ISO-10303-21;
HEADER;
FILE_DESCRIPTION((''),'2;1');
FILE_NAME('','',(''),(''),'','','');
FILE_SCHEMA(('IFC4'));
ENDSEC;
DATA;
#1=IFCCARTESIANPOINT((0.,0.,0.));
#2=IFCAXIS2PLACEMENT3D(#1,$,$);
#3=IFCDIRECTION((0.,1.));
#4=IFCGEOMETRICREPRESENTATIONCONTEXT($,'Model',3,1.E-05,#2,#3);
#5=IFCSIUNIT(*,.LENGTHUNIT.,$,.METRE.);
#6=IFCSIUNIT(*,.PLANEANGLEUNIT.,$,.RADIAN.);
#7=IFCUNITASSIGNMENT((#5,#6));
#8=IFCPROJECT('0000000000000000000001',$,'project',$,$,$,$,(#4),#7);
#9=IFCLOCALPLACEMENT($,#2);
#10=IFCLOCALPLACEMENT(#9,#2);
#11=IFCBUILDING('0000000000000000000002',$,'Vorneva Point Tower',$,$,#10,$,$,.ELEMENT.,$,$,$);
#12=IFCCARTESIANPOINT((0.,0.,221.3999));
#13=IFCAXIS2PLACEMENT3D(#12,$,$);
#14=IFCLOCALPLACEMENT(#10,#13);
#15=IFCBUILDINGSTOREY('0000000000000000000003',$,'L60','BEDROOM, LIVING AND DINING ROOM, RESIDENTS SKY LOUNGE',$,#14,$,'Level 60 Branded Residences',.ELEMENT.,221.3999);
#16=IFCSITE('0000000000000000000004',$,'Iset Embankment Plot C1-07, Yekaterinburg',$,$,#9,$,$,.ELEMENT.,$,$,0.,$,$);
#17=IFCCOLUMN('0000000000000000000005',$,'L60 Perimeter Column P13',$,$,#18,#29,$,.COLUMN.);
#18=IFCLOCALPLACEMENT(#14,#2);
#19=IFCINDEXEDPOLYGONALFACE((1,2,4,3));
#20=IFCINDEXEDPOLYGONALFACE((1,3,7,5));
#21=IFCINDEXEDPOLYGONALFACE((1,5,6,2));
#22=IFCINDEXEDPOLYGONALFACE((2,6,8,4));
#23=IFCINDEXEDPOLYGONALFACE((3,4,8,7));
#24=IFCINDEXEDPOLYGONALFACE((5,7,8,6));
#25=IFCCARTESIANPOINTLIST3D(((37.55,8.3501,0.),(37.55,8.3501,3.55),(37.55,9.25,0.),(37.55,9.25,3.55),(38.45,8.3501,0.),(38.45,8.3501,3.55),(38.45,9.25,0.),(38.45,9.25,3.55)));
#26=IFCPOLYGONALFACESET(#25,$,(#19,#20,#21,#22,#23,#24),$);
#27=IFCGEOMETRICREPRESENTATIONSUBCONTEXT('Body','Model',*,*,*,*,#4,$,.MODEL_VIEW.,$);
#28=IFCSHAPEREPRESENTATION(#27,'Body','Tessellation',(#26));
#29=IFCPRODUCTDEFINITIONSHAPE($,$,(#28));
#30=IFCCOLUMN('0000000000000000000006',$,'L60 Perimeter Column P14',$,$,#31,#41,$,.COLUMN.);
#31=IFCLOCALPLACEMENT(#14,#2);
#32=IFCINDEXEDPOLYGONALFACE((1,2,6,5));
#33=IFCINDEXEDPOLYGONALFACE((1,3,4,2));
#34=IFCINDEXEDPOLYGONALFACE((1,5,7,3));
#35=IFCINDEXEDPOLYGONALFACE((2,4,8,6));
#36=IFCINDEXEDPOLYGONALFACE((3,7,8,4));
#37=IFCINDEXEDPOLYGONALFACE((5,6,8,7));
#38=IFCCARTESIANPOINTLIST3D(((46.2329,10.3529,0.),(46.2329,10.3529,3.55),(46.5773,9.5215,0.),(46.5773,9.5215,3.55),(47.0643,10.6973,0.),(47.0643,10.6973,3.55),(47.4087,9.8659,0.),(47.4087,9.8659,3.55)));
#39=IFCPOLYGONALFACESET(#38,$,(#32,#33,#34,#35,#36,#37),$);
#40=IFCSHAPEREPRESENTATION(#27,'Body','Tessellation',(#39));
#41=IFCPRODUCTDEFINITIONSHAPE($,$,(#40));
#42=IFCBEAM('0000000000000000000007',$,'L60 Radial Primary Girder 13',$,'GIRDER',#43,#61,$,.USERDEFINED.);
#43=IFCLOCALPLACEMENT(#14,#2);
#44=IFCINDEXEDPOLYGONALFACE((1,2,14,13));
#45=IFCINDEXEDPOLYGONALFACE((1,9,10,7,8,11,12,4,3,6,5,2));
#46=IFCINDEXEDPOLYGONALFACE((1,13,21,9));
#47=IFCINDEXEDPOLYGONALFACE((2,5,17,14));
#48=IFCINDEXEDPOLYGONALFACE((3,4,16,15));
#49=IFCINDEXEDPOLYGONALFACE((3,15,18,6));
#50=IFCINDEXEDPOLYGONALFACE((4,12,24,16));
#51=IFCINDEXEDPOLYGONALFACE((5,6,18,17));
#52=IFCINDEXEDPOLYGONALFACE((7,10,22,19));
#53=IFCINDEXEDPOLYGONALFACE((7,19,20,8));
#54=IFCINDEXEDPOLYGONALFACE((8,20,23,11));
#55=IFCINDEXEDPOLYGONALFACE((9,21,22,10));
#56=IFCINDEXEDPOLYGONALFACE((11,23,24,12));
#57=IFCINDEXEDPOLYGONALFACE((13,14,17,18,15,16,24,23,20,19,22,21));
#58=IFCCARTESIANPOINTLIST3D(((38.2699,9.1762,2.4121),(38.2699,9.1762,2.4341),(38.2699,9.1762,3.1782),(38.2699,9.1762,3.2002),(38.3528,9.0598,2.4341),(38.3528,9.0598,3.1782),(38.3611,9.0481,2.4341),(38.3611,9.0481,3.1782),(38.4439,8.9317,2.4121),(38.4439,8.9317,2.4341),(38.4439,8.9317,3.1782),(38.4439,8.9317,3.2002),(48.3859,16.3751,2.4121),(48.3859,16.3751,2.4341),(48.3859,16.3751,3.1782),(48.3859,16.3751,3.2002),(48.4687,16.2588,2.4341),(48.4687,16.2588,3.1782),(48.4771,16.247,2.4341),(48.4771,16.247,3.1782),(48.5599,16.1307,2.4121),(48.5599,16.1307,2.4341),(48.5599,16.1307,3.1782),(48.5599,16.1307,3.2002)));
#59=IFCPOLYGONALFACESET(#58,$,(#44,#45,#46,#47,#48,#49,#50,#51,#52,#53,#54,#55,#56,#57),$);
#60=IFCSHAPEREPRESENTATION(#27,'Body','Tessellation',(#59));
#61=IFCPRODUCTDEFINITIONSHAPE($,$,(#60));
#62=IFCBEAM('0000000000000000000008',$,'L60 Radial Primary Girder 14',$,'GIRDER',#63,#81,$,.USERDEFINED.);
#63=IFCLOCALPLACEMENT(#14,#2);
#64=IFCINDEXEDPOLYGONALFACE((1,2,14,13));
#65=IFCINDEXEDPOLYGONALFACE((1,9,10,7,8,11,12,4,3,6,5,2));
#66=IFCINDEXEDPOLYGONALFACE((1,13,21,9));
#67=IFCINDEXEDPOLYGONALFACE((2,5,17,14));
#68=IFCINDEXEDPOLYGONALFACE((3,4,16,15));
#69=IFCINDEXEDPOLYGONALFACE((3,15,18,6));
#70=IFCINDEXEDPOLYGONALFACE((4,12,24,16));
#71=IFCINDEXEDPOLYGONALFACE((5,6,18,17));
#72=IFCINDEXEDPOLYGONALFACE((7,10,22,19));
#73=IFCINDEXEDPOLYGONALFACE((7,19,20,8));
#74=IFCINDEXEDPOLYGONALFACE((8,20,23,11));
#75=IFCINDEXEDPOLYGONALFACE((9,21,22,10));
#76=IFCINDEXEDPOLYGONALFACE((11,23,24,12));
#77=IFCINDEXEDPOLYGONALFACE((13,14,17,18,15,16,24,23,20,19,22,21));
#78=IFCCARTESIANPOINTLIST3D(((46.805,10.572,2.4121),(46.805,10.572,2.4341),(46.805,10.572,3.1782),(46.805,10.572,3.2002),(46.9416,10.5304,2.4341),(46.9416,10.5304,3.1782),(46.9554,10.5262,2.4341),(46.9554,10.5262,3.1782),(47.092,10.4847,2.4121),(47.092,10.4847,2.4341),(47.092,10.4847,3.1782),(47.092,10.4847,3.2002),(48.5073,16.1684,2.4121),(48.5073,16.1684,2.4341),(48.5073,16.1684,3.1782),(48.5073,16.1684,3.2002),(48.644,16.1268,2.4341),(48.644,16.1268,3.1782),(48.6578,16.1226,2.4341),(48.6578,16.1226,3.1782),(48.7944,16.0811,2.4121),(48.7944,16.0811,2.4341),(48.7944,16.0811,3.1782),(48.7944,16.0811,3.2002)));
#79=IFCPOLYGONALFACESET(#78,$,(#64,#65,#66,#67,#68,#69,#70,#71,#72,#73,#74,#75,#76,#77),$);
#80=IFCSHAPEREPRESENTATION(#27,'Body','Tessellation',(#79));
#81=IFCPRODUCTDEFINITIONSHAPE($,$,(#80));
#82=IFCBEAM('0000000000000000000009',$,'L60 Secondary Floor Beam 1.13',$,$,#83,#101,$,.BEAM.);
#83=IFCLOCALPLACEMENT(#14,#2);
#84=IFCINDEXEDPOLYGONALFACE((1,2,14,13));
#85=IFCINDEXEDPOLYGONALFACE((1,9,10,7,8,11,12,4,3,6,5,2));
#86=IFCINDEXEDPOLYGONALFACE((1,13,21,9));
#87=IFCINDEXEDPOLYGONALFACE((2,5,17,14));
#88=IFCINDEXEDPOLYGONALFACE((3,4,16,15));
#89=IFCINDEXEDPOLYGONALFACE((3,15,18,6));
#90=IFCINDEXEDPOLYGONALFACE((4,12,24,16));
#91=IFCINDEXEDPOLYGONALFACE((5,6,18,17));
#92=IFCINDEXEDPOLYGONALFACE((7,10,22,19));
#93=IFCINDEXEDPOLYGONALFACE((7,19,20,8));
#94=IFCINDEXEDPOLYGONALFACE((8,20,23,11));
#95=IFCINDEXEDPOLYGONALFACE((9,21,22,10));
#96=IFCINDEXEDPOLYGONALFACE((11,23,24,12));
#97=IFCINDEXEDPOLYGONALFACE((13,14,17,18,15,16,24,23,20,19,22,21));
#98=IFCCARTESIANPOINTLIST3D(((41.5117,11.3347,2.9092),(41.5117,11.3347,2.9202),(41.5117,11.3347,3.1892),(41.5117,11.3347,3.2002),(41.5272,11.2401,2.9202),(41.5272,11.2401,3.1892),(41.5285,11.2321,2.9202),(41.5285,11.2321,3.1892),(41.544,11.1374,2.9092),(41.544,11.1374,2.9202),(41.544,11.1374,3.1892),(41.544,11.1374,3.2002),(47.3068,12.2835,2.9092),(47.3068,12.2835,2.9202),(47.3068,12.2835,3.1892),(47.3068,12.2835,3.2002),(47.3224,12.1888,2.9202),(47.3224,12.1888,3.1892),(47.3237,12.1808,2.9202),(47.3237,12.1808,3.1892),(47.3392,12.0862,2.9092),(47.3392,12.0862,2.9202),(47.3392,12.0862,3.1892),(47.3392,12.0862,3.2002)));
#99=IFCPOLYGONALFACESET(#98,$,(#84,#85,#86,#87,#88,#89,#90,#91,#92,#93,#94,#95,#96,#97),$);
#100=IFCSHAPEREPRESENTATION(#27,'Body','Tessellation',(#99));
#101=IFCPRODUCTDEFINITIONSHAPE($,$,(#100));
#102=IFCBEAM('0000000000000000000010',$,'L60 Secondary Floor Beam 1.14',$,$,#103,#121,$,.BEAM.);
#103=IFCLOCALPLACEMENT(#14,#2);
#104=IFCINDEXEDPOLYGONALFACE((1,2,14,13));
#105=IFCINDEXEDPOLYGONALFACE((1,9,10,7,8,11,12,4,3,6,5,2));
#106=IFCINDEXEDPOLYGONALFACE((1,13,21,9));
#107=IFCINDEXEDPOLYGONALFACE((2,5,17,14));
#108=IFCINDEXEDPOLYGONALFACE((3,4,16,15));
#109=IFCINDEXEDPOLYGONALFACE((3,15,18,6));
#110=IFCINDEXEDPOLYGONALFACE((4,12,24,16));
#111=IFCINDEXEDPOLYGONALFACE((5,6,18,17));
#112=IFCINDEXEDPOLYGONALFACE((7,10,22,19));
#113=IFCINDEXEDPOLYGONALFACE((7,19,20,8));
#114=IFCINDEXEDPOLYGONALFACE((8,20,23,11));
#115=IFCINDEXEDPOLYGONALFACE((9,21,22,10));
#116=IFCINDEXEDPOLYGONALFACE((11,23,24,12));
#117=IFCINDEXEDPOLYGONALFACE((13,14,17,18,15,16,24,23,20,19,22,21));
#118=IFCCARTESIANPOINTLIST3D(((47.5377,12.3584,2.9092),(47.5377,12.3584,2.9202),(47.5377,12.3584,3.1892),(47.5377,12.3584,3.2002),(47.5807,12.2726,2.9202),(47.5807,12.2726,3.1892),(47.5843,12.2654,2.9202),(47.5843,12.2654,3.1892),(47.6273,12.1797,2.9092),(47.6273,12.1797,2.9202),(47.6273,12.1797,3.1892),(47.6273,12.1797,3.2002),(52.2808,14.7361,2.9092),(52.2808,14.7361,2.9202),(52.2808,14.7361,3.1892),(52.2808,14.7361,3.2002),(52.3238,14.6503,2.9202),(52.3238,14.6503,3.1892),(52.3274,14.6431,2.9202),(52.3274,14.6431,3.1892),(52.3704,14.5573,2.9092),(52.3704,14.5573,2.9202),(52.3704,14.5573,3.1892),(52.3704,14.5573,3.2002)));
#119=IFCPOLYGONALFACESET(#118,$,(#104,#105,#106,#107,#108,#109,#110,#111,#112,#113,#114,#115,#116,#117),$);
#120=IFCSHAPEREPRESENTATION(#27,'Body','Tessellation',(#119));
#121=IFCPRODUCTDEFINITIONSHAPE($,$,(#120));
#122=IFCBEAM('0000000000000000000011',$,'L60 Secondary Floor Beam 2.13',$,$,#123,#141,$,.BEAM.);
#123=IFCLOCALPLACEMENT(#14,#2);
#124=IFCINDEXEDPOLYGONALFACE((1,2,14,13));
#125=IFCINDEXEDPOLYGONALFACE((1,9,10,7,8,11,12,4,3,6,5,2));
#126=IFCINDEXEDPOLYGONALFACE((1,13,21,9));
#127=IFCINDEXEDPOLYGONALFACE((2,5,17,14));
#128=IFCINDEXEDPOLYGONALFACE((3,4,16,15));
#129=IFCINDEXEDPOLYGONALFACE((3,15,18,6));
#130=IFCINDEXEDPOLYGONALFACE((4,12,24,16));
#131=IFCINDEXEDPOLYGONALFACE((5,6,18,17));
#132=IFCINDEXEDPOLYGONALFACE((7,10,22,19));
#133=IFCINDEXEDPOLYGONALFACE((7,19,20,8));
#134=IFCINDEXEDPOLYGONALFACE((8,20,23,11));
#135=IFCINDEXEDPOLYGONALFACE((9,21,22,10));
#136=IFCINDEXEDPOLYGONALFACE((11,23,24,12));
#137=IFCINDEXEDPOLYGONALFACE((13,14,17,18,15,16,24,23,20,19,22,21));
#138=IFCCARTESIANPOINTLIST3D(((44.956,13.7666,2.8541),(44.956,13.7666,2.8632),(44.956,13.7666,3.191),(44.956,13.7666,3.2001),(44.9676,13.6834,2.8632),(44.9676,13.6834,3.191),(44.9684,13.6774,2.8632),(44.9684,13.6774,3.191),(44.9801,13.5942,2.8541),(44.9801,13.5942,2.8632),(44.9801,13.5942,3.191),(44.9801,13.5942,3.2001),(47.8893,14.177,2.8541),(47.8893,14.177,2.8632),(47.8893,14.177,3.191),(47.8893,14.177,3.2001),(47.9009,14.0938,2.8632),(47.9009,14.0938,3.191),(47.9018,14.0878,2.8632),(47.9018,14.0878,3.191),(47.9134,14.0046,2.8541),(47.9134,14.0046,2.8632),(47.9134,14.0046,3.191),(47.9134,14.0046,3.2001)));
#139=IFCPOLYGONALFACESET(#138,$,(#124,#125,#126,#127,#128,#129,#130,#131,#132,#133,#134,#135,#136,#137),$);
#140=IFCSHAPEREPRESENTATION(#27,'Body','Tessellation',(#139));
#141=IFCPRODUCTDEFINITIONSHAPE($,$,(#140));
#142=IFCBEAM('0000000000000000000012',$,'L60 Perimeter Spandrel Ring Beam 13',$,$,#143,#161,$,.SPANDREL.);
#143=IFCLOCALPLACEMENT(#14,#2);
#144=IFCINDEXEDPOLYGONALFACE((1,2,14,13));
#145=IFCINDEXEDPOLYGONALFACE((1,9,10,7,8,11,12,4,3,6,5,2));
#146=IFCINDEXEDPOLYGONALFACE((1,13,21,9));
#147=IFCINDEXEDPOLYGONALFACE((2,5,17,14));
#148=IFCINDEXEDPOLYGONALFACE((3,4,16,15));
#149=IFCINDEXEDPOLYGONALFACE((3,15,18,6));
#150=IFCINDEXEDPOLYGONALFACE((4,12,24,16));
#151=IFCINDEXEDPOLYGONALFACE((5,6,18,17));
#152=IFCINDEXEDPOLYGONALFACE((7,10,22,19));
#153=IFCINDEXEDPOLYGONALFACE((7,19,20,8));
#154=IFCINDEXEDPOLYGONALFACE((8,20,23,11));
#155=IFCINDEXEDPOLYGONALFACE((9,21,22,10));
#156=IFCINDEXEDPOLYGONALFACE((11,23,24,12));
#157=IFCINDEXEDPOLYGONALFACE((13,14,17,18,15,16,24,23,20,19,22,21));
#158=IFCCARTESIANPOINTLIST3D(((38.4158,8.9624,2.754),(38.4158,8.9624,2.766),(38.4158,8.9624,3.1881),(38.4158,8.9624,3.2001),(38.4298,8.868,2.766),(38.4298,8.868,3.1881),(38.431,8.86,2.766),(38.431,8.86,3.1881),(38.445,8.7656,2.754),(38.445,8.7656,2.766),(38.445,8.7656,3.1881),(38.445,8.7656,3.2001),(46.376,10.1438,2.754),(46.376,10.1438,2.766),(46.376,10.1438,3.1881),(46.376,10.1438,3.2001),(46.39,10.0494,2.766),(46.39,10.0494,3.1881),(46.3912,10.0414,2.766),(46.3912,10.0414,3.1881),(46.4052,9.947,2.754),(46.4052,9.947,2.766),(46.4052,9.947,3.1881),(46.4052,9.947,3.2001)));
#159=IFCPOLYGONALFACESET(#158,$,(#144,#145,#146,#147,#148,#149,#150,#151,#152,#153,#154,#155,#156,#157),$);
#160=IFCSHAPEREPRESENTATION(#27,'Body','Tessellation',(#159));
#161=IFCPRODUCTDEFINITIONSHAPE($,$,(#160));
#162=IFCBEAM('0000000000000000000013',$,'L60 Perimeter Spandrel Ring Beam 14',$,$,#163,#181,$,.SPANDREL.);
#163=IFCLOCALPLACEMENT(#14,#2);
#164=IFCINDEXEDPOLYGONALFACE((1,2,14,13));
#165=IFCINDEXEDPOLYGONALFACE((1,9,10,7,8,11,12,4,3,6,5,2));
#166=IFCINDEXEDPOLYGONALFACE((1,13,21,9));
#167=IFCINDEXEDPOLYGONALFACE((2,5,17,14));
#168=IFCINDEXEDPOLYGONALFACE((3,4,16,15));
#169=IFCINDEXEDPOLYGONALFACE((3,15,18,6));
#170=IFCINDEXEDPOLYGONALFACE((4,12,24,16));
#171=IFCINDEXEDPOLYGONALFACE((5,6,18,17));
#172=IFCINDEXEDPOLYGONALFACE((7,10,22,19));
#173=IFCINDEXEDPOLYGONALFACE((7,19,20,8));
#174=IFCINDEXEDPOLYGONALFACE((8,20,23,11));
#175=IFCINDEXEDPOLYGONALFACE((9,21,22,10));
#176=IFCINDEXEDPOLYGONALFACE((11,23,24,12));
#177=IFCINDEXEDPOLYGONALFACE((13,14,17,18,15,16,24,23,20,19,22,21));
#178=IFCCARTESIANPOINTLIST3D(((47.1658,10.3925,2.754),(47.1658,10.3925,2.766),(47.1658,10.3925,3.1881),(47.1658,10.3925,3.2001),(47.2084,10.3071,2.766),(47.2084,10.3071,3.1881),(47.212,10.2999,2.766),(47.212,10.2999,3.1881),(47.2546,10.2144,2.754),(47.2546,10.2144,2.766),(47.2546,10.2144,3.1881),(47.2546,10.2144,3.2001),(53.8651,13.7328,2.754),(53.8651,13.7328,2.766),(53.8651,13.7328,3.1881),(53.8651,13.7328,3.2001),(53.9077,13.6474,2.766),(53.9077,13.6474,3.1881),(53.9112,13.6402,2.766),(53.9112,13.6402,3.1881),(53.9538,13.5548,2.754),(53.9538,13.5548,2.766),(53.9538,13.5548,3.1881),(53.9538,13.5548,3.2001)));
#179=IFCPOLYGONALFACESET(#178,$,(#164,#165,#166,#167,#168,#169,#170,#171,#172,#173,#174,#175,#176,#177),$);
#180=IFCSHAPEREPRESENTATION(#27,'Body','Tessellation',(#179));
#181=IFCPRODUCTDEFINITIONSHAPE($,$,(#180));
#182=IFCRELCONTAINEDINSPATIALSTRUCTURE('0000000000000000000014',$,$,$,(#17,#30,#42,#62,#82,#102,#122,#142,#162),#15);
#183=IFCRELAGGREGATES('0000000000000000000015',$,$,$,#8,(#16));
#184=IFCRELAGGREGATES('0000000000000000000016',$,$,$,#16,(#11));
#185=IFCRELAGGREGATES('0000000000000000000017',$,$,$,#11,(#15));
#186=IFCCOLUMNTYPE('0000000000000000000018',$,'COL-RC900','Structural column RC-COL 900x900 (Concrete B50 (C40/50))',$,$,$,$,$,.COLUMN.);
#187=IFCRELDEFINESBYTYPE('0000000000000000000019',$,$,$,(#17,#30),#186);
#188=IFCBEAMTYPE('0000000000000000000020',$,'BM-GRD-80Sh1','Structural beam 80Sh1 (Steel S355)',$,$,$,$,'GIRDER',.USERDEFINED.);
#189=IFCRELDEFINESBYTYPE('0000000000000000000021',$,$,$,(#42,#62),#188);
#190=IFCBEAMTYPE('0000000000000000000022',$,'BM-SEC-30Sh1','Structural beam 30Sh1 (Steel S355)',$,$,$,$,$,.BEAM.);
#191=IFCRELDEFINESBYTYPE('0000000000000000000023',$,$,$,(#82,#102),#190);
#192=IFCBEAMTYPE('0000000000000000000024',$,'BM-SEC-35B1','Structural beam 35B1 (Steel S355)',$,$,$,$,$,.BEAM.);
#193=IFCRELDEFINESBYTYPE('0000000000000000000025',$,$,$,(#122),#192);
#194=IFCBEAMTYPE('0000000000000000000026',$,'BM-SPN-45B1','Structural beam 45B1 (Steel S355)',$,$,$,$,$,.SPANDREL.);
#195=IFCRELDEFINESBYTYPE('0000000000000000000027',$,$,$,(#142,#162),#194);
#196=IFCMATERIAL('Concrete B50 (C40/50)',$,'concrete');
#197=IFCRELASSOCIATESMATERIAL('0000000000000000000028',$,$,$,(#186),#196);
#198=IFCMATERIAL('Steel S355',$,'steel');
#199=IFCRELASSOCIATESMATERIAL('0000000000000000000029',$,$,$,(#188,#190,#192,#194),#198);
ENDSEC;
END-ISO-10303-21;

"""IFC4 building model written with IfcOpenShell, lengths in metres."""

from ifc_helpers import new_model, si_unit, direction, frame, origin, origin_2d, place, context, subcontext, project, spatial, rectangle, i_section, extrude, material, material_profile, profile_set, type_object, element, save


model = new_model("IFC4")

# Units and contexts
model_context = context("Model", 3, precision=1e-05, world=origin(), true_north=direction((0.0, 1.0)))
body_context = subcontext(model_context, "Body", "Model", "MODEL_VIEW")
ifc_project = project(units=[si_unit("LENGTHUNIT", "METRE"), si_unit("PLANEANGLEUNIT", "RADIAN")], contexts=[model_context])

# Site, building, storey
site_placement = place(None, origin())
site = spatial("IfcSite", under=ifc_project, at=site_placement, Name="Iset Embankment Plot C1-07, Yekaterinburg", CompositionType="ELEMENT", RefElevation=0.0)
building_placement = place(site_placement, origin())
building = spatial("IfcBuilding", under=site, at=building_placement, Name="Vorneva Point Tower", CompositionType="ELEMENT")
storey_placement = place(building_placement, frame((0.0, 0.0, 221.3999)))
storey = spatial("IfcBuildingStorey", under=building, at=storey_placement, Name="L60", Description="BEDROOM, LIVING AND DINING ROOM, RESIDENTS SKY LOUNGE", LongName="Level 60 Branded Residences", CompositionType="ELEMENT", Elevation=221.3999)

# Columns
ifc_material_1 = material(Name="Concrete B50 (C40/50)", Category="concrete")
ifc_material_profile_1 = material_profile(ifc_material_1, rectangle(XDim=0.8999, YDim=0.8999, at=origin_2d()), Name="RC-COL 900x900")
ifc_profile_set_1 = profile_set([ifc_material_profile_1], Name="Concrete B50 (C40/50)")
column_type = type_object("IfcColumnType", Name="COL-RC900", Description="Structural column RC-COL 900x900 (Concrete B50 (C40/50))", PredefinedType="COLUMN", material=ifc_profile_set_1)
for number, where, z_axis, x_axis, name in (
    (1, (38.0, 8.8, 0.0), (0.0, 0.0, 1.0), (0.0, -1.0, 0.0), "L60 Perimeter Column P13"),
    (2, (46.8208, 10.1094, 0.0), (0.0, 0.0, 1.0), (0.382683, -0.92388, 0.0), "L60 Perimeter Column P14"),
):
    element("IfcColumn", number, at=place(storey_placement, frame(where, z_axis=z_axis, x_axis=x_axis)), inside=storey, type_object=column_type, Name=name, PredefinedType="COLUMN", context=body_context, shape_type="SweptSolid", body=[
        extrude(rectangle(XDim=0.8999, YDim=0.8999, at=origin_2d()), origin(), (0.0, 0.0, 1.0), 3.55),
    ])

# Beams
ifc_material_2 = material(Name="Steel S355", Category="steel")
ifc_material_profile_2 = material_profile(ifc_material_2, i_section(OverallWidth=0.3, OverallDepth=0.7881, WebThickness=0.0144, FlangeThickness=0.022, at=origin_2d()), Name="80Sh1")
ifc_profile_set_2 = profile_set([ifc_material_profile_2], Name="Steel S355")
beam_type_1 = type_object("IfcBeamType", Name="BM-GRD-80Sh1", Description="Structural beam 80Sh1 (Steel S355)", ElementType="GIRDER", PredefinedType="USERDEFINED", material=ifc_profile_set_2)
beam_1_placement = place(storey_placement, frame((38.3569, 9.054, 2.8062), z_axis=(0.81475, 0.579813, 0.0), x_axis=(-0.579813, 0.81475, 0.0)))
element("IfcBeam", 3, at=beam_1_placement, inside=storey, type_object=beam_type_1, Name="L60 Radial Primary Girder 13", ObjectType="GIRDER", PredefinedType="USERDEFINED", context=body_context, shape_type="SweptSolid", body=[
    extrude(i_section(OverallWidth=0.3, OverallDepth=0.7881, WebThickness=0.0144, FlangeThickness=0.022, at=origin_2d()), origin(), (0.0, 0.0, 1.0), 12.416),
])
beam_2_placement = place(storey_placement, frame((46.9485, 10.5283, 2.8062), z_axis=(0.291025, 0.956715, 0.0), x_axis=(-0.956715, 0.291025, 0.0)))
element("IfcBeam", 4, at=beam_2_placement, inside=storey, type_object=beam_type_1, Name="L60 Radial Primary Girder 14", ObjectType="GIRDER", PredefinedType="USERDEFINED", context=body_context, shape_type="SweptSolid", body=[
    extrude(i_section(OverallWidth=0.3, OverallDepth=0.7881, WebThickness=0.0144, FlangeThickness=0.022, at=origin_2d()), origin(), (0.0, 0.0, 1.0), 5.8496),
])
ifc_material_profile_3 = material_profile(ifc_material_2, i_section(OverallWidth=0.2, OverallDepth=0.291, WebThickness=0.0081, FlangeThickness=0.011, at=origin_2d()), Name="30Sh1")
ifc_profile_set_3 = profile_set([ifc_material_profile_3], Name="Steel S355")
beam_type_2 = type_object("IfcBeamType", Name="BM-SEC-30Sh1", Description="Structural beam 30Sh1 (Steel S355)", PredefinedType="BEAM", material=ifc_profile_set_3)
beam_3_placement = place(storey_placement, frame((41.5278, 11.2361, 3.0547), z_axis=(0.986863, 0.16156, 0.0), x_axis=(-0.16156, 0.986863, 0.0)))
element("IfcBeam", 5, at=beam_3_placement, inside=storey, type_object=beam_type_2, Name="L60 Secondary Floor Beam 1.13", PredefinedType="BEAM", context=body_context, shape_type="SweptSolid", body=[
    extrude(i_section(OverallWidth=0.2, OverallDepth=0.291, WebThickness=0.0081, FlangeThickness=0.011, at=origin_2d()), origin(), (0.0, 0.0, 1.0), 5.8723),
])
beam_4_placement = place(storey_placement, frame((47.5825, 12.269, 3.0547), z_axis=(0.893967, 0.448134, 0.0), x_axis=(-0.448134, 0.893967, 0.0)))
element("IfcBeam", 6, at=beam_4_placement, inside=storey, type_object=beam_type_2, Name="L60 Secondary Floor Beam 1.14", PredefinedType="BEAM", context=body_context, shape_type="SweptSolid", body=[
    extrude(i_section(OverallWidth=0.2, OverallDepth=0.291, WebThickness=0.0081, FlangeThickness=0.011, at=origin_2d()), origin(), (0.0, 0.0, 1.0), 5.3057),
])
ifc_material_profile_4 = material_profile(ifc_material_2, i_section(OverallWidth=0.1741, OverallDepth=0.3459, WebThickness=0.0061, FlangeThickness=0.009, at=origin_2d()), Name="35B1")
ifc_profile_set_4 = profile_set([ifc_material_profile_4], Name="Steel S355")
beam_type_3 = type_object("IfcBeamType", Name="BM-SEC-35B1", Description="Structural beam 35B1 (Steel S355)", PredefinedType="BEAM", material=ifc_profile_set_4)
beam_5_placement = place(storey_placement, frame((44.968, 13.6804, 3.0271), z_axis=(0.990354, 0.138559, 0.0), x_axis=(-0.138559, 0.990354, 0.0)))
element("IfcBeam", 7, at=beam_5_placement, inside=storey, type_object=beam_type_3, Name="L60 Secondary Floor Beam 2.13", PredefinedType="BEAM", context=body_context, shape_type="SweptSolid", body=[
    extrude(i_section(OverallWidth=0.1741, OverallDepth=0.3459, WebThickness=0.0061, FlangeThickness=0.009, at=origin_2d()), origin(), (0.0, 0.0, 1.0), 2.9619),
])
ifc_material_profile_5 = material_profile(ifc_material_2, i_section(OverallWidth=0.199, OverallDepth=0.446, WebThickness=0.0081, FlangeThickness=0.012, at=origin_2d()), Name="45B1")
ifc_profile_set_5 = profile_set([ifc_material_profile_5], Name="Steel S355")
beam_type_4 = type_object("IfcBeamType", Name="BM-SPN-45B1", Description="Structural beam 45B1 (Steel S355)", PredefinedType="SPANDREL", material=ifc_profile_set_5)
beam_6_placement = place(storey_placement, frame((38.4304, 8.864, 2.9771), z_axis=(0.989165, 0.146805, 0.0), x_axis=(-0.146805, 0.989165, 0.0)))
element("IfcBeam", 8, at=beam_6_placement, inside=storey, type_object=beam_type_4, Name="L60 Perimeter Spandrel Ring Beam 13", PredefinedType="SPANDREL", context=body_context, shape_type="SweptSolid", body=[
    extrude(i_section(OverallWidth=0.199, OverallDepth=0.446, WebThickness=0.0081, FlangeThickness=0.012, at=origin_2d()), origin(), (0.0, 0.0, 1.0), 8.0474),
])
beam_7_placement = place(storey_placement, frame((47.2102, 10.3035, 2.9771), z_axis=(0.894922, 0.446222, 0.0), x_axis=(-0.446222, 0.894922, 0.0)))
element("IfcBeam", 9, at=beam_7_placement, inside=storey, type_object=beam_type_4, Name="L60 Perimeter Spandrel Ring Beam 14", PredefinedType="SPANDREL", context=body_context, shape_type="SweptSolid", body=[
    extrude(i_section(OverallWidth=0.199, OverallDepth=0.446, WebThickness=0.0081, FlangeThickness=0.012, at=origin_2d()), origin(), (0.0, 0.0, 1.0), 7.4858),
])

save(model, "model.ifc")
